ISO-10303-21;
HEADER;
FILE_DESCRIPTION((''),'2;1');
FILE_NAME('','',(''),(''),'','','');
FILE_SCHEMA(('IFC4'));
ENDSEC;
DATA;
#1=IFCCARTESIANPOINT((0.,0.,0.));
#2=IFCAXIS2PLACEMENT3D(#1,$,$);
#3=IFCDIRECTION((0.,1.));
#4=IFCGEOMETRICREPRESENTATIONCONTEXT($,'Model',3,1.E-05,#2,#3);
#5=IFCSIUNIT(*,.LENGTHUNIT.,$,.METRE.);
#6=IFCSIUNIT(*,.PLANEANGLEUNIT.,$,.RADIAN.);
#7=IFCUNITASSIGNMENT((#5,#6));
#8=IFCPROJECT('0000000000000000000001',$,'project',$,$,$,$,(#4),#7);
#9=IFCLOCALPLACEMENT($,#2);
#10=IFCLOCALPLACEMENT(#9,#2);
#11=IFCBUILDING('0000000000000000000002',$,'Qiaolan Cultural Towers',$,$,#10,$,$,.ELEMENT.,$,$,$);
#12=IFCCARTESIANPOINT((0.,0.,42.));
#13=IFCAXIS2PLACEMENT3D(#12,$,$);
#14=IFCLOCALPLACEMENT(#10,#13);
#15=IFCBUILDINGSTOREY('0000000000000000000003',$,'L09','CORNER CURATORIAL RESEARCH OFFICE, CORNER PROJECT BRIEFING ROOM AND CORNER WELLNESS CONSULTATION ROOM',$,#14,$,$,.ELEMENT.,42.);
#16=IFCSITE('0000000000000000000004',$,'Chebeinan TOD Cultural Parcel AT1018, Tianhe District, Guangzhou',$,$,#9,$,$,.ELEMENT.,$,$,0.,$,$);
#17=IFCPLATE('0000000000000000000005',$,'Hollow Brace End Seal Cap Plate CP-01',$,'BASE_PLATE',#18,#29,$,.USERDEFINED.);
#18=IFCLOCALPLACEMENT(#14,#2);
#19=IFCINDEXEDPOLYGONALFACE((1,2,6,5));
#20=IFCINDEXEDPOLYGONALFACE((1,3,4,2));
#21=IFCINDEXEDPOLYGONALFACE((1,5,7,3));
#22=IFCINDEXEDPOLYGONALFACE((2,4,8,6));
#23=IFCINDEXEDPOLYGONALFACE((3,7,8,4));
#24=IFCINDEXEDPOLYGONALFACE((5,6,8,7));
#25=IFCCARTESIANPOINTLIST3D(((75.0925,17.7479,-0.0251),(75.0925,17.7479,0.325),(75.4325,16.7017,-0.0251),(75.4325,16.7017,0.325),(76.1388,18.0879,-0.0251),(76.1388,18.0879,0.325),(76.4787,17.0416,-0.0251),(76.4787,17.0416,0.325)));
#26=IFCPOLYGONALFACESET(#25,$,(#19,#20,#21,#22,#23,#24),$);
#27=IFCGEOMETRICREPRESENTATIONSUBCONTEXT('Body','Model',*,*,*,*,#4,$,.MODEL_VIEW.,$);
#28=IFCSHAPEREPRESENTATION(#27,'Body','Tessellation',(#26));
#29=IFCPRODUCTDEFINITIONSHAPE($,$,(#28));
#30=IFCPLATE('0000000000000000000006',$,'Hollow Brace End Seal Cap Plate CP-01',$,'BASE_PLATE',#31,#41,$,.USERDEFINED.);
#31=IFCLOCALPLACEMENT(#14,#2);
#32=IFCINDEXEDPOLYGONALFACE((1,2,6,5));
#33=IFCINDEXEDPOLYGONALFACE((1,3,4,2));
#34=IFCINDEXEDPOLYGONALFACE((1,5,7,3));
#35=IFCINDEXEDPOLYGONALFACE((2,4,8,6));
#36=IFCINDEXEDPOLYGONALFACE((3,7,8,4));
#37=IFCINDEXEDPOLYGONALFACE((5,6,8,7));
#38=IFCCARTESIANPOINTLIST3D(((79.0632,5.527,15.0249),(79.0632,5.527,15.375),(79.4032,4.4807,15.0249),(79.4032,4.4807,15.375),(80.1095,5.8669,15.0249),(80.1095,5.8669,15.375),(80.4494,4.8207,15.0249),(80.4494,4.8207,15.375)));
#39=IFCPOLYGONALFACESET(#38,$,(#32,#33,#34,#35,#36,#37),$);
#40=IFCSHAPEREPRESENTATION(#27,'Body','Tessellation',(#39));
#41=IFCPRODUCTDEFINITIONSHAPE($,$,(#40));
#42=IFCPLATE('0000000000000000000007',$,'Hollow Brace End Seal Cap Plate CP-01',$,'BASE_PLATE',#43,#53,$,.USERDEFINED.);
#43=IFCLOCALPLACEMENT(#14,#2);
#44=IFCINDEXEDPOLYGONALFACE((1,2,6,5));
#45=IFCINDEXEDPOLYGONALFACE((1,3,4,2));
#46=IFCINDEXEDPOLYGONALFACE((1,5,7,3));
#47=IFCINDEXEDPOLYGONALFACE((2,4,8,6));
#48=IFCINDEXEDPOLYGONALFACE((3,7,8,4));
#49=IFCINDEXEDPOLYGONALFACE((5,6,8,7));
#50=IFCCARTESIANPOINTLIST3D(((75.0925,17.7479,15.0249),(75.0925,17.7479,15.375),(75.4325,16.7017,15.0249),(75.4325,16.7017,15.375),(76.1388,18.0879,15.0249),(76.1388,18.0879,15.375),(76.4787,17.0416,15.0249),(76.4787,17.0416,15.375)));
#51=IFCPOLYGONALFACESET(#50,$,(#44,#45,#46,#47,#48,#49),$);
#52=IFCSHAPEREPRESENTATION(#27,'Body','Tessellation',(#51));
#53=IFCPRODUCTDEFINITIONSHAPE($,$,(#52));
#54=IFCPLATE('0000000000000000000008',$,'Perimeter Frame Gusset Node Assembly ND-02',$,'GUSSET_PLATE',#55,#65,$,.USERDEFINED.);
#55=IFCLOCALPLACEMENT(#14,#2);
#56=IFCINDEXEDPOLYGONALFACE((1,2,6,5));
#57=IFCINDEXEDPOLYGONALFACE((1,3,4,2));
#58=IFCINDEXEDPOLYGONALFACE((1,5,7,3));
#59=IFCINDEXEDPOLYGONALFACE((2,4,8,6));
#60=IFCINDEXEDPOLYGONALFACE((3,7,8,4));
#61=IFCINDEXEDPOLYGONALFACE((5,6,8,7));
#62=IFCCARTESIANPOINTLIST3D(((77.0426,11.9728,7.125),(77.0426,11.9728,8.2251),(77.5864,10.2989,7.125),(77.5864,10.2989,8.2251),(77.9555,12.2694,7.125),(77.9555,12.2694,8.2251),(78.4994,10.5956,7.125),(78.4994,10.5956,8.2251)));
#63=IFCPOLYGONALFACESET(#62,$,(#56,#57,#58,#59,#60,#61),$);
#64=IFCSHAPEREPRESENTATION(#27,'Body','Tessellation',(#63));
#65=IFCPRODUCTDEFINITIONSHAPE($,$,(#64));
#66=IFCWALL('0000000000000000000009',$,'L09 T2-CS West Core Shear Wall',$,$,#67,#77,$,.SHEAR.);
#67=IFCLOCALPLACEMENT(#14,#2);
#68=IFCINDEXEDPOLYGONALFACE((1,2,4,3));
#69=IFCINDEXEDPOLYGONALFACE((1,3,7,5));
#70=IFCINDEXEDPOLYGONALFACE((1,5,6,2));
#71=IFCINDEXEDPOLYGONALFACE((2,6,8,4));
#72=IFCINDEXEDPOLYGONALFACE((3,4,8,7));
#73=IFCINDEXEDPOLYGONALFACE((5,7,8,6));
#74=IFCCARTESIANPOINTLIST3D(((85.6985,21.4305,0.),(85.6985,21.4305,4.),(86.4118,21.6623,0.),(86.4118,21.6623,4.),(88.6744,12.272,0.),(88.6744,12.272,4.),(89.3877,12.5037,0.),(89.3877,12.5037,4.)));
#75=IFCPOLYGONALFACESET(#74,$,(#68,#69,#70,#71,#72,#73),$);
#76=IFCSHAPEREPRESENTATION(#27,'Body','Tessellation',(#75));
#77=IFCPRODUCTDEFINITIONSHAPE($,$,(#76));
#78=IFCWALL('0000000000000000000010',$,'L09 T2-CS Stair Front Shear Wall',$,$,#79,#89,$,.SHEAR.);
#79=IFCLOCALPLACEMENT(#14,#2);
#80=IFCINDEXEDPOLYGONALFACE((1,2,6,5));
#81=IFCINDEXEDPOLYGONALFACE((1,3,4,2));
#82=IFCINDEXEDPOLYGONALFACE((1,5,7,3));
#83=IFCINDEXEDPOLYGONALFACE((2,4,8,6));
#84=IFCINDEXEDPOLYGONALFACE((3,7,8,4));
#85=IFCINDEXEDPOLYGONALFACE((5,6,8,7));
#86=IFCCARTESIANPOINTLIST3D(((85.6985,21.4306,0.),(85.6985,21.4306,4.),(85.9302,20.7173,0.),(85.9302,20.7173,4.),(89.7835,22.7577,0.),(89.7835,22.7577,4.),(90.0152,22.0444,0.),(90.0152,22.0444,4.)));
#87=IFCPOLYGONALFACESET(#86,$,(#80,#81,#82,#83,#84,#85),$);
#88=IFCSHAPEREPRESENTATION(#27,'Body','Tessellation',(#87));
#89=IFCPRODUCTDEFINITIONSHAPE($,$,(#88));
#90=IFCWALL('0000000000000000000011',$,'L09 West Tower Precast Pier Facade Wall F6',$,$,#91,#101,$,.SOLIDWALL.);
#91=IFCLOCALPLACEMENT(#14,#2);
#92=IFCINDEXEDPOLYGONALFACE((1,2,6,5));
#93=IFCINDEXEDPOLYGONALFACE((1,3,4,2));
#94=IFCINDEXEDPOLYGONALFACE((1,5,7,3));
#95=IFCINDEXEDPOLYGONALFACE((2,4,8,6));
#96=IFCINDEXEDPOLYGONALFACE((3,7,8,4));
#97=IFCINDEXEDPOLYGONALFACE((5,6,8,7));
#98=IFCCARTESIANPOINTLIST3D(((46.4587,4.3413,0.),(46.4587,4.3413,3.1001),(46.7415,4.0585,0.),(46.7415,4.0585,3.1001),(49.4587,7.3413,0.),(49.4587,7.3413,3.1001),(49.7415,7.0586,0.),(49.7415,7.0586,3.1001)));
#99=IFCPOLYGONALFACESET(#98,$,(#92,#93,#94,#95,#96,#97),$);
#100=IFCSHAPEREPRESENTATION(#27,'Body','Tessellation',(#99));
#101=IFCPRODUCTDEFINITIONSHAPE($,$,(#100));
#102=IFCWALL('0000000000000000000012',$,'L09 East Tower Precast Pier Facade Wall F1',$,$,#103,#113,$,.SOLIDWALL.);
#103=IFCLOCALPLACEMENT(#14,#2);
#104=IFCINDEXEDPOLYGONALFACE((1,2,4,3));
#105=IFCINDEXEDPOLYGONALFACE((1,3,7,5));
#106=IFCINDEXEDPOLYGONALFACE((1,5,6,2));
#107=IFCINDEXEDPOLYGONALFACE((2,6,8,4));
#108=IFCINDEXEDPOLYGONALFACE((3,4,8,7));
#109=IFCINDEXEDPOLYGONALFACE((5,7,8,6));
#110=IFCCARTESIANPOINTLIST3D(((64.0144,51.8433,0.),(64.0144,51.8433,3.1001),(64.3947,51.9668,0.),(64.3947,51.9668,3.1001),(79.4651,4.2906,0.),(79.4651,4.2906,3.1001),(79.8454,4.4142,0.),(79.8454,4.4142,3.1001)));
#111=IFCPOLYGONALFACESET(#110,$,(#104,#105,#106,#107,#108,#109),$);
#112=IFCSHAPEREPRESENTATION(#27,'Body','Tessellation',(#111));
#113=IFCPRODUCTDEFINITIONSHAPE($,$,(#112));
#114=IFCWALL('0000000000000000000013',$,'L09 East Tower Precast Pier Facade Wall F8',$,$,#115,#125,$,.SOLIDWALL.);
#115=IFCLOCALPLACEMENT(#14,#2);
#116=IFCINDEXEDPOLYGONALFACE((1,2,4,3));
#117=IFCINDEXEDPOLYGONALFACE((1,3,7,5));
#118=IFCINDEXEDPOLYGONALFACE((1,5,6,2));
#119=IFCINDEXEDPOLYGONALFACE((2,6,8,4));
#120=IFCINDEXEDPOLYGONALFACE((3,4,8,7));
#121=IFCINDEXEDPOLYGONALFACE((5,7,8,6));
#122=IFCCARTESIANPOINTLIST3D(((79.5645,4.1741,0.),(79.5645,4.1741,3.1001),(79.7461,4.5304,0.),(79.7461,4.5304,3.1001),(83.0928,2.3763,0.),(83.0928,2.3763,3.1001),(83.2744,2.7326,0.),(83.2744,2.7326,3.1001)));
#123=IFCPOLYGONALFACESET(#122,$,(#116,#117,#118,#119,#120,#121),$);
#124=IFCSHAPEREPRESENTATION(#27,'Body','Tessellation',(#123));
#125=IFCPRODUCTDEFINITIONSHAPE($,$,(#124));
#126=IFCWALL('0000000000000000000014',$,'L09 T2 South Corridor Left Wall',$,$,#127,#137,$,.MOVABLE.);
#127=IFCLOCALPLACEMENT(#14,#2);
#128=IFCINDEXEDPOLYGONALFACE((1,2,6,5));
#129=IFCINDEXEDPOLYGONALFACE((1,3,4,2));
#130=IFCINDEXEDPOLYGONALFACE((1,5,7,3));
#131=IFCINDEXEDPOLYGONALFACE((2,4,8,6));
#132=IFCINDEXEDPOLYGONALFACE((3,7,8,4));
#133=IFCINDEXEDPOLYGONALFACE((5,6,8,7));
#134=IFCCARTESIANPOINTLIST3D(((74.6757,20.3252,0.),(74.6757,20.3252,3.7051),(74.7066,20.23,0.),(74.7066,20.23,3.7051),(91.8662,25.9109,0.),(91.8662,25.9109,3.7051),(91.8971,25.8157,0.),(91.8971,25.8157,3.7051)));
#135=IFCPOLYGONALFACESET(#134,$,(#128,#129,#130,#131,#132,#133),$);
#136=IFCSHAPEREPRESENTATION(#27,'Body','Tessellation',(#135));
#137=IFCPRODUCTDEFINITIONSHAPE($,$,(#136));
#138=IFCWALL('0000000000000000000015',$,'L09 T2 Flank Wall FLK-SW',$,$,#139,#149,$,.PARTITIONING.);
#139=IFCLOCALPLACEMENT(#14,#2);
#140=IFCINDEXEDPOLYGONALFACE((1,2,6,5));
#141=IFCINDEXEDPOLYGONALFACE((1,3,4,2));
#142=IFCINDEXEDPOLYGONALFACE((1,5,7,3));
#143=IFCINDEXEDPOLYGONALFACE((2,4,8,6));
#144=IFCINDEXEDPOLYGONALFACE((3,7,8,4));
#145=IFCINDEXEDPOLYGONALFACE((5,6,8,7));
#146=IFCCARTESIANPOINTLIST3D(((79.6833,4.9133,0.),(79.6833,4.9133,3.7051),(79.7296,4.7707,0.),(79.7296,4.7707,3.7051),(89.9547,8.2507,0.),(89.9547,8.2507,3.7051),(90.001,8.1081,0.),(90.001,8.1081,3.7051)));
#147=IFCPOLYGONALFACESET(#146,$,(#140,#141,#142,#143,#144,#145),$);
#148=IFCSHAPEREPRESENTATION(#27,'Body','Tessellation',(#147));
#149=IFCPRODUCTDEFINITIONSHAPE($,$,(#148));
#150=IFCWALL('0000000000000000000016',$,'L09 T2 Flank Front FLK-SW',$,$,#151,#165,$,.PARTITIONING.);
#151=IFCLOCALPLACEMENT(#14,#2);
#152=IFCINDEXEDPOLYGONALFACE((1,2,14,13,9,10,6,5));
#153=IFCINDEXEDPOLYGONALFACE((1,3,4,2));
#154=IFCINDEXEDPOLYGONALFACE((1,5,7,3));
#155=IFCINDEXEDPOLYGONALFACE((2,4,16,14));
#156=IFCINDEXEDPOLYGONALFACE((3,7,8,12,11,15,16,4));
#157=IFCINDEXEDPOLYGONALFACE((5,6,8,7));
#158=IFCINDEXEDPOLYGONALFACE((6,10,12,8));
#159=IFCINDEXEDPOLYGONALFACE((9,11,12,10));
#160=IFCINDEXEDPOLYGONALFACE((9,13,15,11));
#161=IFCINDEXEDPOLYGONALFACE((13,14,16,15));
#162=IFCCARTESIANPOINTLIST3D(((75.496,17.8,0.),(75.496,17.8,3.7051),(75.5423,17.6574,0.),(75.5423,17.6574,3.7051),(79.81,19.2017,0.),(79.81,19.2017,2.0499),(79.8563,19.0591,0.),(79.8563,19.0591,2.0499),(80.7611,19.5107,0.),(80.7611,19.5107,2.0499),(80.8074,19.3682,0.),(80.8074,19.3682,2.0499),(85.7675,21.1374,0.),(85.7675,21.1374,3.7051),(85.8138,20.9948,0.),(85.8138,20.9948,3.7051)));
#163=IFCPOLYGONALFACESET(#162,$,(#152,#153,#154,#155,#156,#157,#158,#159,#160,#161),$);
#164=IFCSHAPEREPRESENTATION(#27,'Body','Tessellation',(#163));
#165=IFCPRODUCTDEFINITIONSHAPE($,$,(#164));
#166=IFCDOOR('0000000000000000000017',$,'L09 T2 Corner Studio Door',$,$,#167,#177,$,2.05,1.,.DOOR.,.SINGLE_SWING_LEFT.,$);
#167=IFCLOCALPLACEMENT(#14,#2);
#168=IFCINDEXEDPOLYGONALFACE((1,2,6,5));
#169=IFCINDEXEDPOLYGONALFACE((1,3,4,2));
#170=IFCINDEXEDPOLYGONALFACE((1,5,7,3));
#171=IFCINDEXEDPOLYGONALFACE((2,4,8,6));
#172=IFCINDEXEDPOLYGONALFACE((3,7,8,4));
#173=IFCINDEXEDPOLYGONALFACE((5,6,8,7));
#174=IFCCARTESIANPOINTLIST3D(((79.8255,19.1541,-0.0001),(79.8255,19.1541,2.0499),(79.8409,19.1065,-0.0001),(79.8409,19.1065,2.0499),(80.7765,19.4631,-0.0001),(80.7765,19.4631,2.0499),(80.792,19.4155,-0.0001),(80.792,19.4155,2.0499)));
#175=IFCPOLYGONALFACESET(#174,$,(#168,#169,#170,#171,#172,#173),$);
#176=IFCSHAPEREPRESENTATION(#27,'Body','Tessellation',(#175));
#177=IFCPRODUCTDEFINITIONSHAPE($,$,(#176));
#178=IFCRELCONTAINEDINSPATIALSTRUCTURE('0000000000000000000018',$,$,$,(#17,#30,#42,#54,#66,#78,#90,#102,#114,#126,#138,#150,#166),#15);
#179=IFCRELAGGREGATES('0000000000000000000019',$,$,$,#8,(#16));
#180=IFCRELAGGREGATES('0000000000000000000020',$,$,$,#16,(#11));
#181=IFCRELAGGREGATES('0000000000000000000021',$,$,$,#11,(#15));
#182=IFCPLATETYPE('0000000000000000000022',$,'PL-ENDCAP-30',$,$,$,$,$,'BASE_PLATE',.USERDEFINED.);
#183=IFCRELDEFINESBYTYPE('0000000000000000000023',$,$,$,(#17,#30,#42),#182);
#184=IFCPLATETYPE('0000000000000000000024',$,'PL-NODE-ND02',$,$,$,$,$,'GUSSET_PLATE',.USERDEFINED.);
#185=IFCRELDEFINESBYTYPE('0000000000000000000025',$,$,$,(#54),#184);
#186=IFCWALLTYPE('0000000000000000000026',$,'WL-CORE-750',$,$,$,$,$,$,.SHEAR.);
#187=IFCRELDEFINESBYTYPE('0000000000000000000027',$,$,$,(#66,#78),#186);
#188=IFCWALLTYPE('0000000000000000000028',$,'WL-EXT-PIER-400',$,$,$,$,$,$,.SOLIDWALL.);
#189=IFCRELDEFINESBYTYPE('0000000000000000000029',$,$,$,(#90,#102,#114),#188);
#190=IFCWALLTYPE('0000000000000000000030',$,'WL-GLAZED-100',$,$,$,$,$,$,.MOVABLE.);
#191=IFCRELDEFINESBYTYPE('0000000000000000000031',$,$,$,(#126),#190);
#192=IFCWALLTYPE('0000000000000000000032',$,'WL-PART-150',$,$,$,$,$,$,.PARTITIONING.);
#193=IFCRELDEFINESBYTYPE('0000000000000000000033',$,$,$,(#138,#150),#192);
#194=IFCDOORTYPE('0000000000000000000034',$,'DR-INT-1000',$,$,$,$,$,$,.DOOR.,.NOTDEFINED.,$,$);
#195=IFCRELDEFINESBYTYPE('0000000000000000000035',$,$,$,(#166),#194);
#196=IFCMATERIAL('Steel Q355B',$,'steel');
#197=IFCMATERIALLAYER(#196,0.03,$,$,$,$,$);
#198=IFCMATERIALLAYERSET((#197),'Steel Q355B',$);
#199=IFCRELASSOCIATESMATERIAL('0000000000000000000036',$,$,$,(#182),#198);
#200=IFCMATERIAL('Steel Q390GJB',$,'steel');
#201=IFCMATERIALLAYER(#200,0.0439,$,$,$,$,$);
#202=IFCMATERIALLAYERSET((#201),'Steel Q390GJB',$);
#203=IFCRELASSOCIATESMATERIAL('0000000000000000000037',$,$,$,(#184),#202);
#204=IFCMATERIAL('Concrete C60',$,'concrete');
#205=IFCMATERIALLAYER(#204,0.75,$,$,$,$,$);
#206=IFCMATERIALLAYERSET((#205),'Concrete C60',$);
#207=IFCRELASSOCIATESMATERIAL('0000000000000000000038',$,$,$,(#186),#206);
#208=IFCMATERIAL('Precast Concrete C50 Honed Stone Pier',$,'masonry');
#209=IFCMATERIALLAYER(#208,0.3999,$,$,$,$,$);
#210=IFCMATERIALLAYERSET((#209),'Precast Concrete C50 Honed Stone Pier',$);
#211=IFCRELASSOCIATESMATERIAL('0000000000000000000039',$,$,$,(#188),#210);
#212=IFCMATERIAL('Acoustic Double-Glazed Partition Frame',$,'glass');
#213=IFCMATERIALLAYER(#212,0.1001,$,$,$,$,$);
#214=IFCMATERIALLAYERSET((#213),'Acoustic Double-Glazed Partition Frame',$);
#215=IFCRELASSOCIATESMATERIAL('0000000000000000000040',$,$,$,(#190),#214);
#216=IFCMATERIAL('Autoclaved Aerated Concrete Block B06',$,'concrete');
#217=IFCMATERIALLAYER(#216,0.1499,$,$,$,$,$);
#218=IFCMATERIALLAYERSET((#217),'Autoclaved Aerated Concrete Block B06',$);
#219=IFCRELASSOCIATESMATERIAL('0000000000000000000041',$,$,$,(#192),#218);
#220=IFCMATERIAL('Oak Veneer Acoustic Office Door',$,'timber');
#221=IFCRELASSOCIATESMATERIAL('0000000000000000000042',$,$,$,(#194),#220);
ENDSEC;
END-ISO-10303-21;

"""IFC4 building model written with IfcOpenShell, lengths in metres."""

from ifc_helpers import new_model, si_unit, direction, frame, frame_2d, origin, origin_2d, place, context, subcontext, project, spatial, rectangle, extrude, material, layer, layer_set, type_object, element, fill, save


model = new_model("IFC4")

# Units and contexts
model_context = context("Model", 3, precision=1e-05, world=origin(), true_north=direction((0.0, 1.0)))
body_context = subcontext(model_context, "Body", "Model", "MODEL_VIEW")
ifc_project = project(units=[si_unit("LENGTHUNIT", "METRE"), si_unit("PLANEANGLEUNIT", "RADIAN")], contexts=[model_context])

# Site, building, storey
site_placement = place(None, origin())
site = spatial("IfcSite", under=ifc_project, at=site_placement, Name="Chebeinan TOD Cultural Parcel AT1018, Tianhe District, Guangzhou", CompositionType="ELEMENT", RefElevation=0.0)
building_placement = place(site_placement, origin())
building = spatial("IfcBuilding", under=site, at=building_placement, Name="Qiaolan Cultural Towers", CompositionType="ELEMENT")
storey_placement = place(building_placement, frame((0.0, 0.0, 42.0)))
storey = spatial("IfcBuildingStorey", under=building, at=storey_placement, Name="L09", Description="CORNER CURATORIAL RESEARCH OFFICE, CORNER PROJECT BRIEFING ROOM AND CORNER WELLNESS CONSULTATION ROOM", CompositionType="ELEMENT", Elevation=42.0)

# Plates
ifc_material_1 = material(Name="Steel Q355B", Category="steel")
ifc_layer_1 = layer(ifc_material_1, 0.03)
ifc_layer_set_1 = layer_set([ifc_layer_1], Name="Steel Q355B")
plate_type_1 = type_object("IfcPlateType", Name="PL-ENDCAP-30", ElementType="BASE_PLATE", PredefinedType="USERDEFINED", material=ifc_layer_set_1)
for number, where, z_axis, x_axis, name in (
    (1, (75.7856, 17.3948, -0.0251), (0.0, 0.0, 1.0), (-0.309017, 0.951057, 0.0), "Hollow Brace End Seal Cap Plate CP-01"),
    (2, (79.7563, 5.1738, 15.0249), (0.0, 0.0, 1.0), (-0.309017, 0.951057, 0.0), "Hollow Brace End Seal Cap Plate CP-01"),
    (3, (75.7856, 17.3948, 15.0249), (0.0, 0.0, 1.0), (-0.309017, 0.951057, 0.0), "Hollow Brace End Seal Cap Plate CP-01"),
):
    element("IfcPlate", number, at=place(storey_placement, frame(where, z_axis=z_axis, x_axis=x_axis)), inside=storey, type_object=plate_type_1, Name=name, ObjectType="BASE_PLATE", PredefinedType="USERDEFINED", context=body_context, shape_type="SweptSolid", body=[
        extrude(rectangle(XDim=1.1001, YDim=1.1001, at=origin_2d()), origin(), (0.0, 0.0, 1.0), 0.3501),
    ])
ifc_material_2 = material(Name="Steel Q390GJB", Category="steel")
ifc_layer_2 = layer(ifc_material_2, 0.0439)
ifc_layer_set_2 = layer_set([ifc_layer_2], Name="Steel Q390GJB")
plate_type_2 = type_object("IfcPlateType", Name="PL-NODE-ND02", ElementType="GUSSET_PLATE", PredefinedType="USERDEFINED", material=ifc_layer_set_2)
plate_placement = place(storey_placement, frame((77.771, 11.2842, 7.125), z_axis=(0.0, 0.0, 1.0), x_axis=(-0.309017, 0.951057, 0.0)))
element("IfcPlate", 4, at=plate_placement, inside=storey, type_object=plate_type_2, Name="Perimeter Frame Gusset Node Assembly ND-02", ObjectType="GUSSET_PLATE", PredefinedType="USERDEFINED", context=body_context, shape_type="SweptSolid", body=[
    extrude(rectangle(XDim=1.76, YDim=0.96, at=origin_2d()), origin(), (0.0, 0.0, 1.0), 1.1001),
])

# Walls
ifc_material_3 = material(Name="Concrete C60", Category="concrete")
ifc_layer_3 = layer(ifc_material_3, 0.75)
ifc_layer_set_3 = layer_set([ifc_layer_3], Name="Concrete C60")
wall_type_1 = type_object("IfcWallType", Name="WL-CORE-750", PredefinedType="SHEAR", material=ifc_layer_set_3)
wall_1_placement = place(storey_placement, frame((86.0552, 21.5464, 0.0), z_axis=(0.0, 0.0, 1.0), x_axis=(0.309024, -0.951054, 0.0)))
element("IfcWall", 5, at=wall_1_placement, inside=storey, type_object=wall_type_1, Name="L09 T2-CS West Core Shear Wall", PredefinedType="SHEAR", context=body_context, shape_type="SweptSolid", body=[
    extrude(rectangle(XDim=9.6299, YDim=0.75, at=frame_2d((4.8149, 0.0))), origin(), (0.0, 0.0, 1.0), 4.0),
])
wall_2_placement = place(storey_placement, frame((85.8145, 21.074, 0.0), z_axis=(0.0, 0.0, 1.0), x_axis=(0.951066, 0.308988, 0.0)))
element("IfcWall", 6, at=wall_2_placement, inside=storey, type_object=wall_type_1, Name="L09 T2-CS Stair Front Shear Wall", PredefinedType="SHEAR", context=body_context, shape_type="SweptSolid", body=[
    extrude(rectangle(XDim=4.2952, YDim=0.75, at=frame_2d((2.1475, 0.0))), origin(), (0.0, 0.0, 1.0), 4.0),
])
ifc_material_4 = material(Name="Precast Concrete C50 Honed Stone Pier", Category="masonry")
ifc_layer_4 = layer(ifc_material_4, 0.3999)
ifc_layer_set_4 = layer_set([ifc_layer_4], Name="Precast Concrete C50 Honed Stone Pier")
wall_type_2 = type_object("IfcWallType", Name="WL-EXT-PIER-400", PredefinedType="SOLIDWALL", material=ifc_layer_set_4)
wall_3_placement = place(storey_placement, frame((49.6001, 7.2, 0.0), z_axis=(0.0, 0.0, 1.0), x_axis=(-0.707107, -0.707107, 0.0)))
element("IfcWall", 7, at=wall_3_placement, inside=storey, type_object=wall_type_2, Name="L09 West Tower Precast Pier Facade Wall F6", PredefinedType="SOLIDWALL", context=body_context, shape_type="SweptSolid", body=[
    extrude(rectangle(XDim=4.2427, YDim=0.3999, at=frame_2d((2.1213, 0.0))), origin(), (0.0, 0.0, 1.0), 3.1001),
])
wall_4_placement = place(storey_placement, frame((79.6553, 4.3523, 0.0), z_axis=(0.0, 0.0, 1.0), x_axis=(-0.309015, 0.951057, 0.0)))
element("IfcWall", 8, at=wall_4_placement, inside=storey, type_object=wall_type_2, Name="L09 East Tower Precast Pier Facade Wall F1", PredefinedType="SOLIDWALL", context=body_context, shape_type="SweptSolid", body=[
    extrude(rectangle(XDim=49.9998, YDim=0.3999, at=frame_2d((25.0, 0.0))), origin(), (0.0, 0.0, 1.0), 3.1001),
])
wall_5_placement = place(storey_placement, frame((83.1836, 2.5544, 0.0), z_axis=(0.0, 0.0, 1.0), x_axis=(-0.890998, 0.454007, 0.0)))
element("IfcWall", 9, at=wall_5_placement, inside=storey, type_object=wall_type_2, Name="L09 East Tower Precast Pier Facade Wall F8", PredefinedType="SOLIDWALL", context=body_context, shape_type="SweptSolid", body=[
    extrude(rectangle(XDim=3.96, YDim=0.3999, at=frame_2d((1.98, 0.0))), origin(), (0.0, 0.0, 1.0), 3.1001),
])
ifc_material_5 = material(Name="Acoustic Double-Glazed Partition Frame", Category="glass")
ifc_layer_5 = layer(ifc_material_5, 0.1001)
ifc_layer_set_5 = layer_set([ifc_layer_5], Name="Acoustic Double-Glazed Partition Frame")
wall_type_3 = type_object("IfcWallType", Name="WL-GLAZED-100", PredefinedType="MOVABLE", material=ifc_layer_set_5)
wall_6_placement = place(storey_placement, frame((74.6912, 20.2776, 0.0), z_axis=(0.0, 0.0, 1.0), x_axis=(0.951054, 0.309026, 0.0)))
element("IfcWall", 10, at=wall_6_placement, inside=storey, type_object=wall_type_3, Name="L09 T2 South Corridor Left Wall", PredefinedType="MOVABLE", context=body_context, shape_type="SweptSolid", body=[
    extrude(rectangle(XDim=18.0752, YDim=0.1001, at=frame_2d((9.0376, 0.0))), origin(), (0.0, 0.0, 1.0), 3.7051),
])
ifc_material_6 = material(Name="Autoclaved Aerated Concrete Block B06", Category="concrete")
ifc_layer_6 = layer(ifc_material_6, 0.1499)
ifc_layer_set_6 = layer_set([ifc_layer_6], Name="Autoclaved Aerated Concrete Block B06")
wall_type_4 = type_object("IfcWallType", Name="WL-PART-150", PredefinedType="PARTITIONING", material=ifc_layer_set_6)
wall_7_placement = place(storey_placement, frame((79.7065, 4.842, 0.0), z_axis=(0.0, 0.0, 1.0), x_axis=(0.951057, 0.309017, 0.0)))
element("IfcWall", 11, at=wall_7_placement, inside=storey, type_object=wall_type_4, Name="L09 T2 Flank Wall FLK-SW", PredefinedType="PARTITIONING", context=body_context, shape_type="SweptSolid", body=[
    extrude(rectangle(XDim=10.8, YDim=0.1499, at=frame_2d((5.3999, 0.0))), origin(), (0.0, 0.0, 1.0), 3.7051),
])

# Wall, opening, door
wall_8_placement = place(storey_placement, frame((75.5193, 17.7288, 0.0), z_axis=(0.0, 0.0, 1.0), x_axis=(0.951057, 0.309017, 0.0)))
wall_8 = element("IfcWall", 12, at=wall_8_placement, inside=storey, type_object=wall_type_4, Name="L09 T2 Flank Front FLK-SW", PredefinedType="PARTITIONING", context=body_context, shape_type="SweptSolid", body=[
    extrude(rectangle(XDim=10.8, YDim=0.1499, at=frame_2d((5.3999, 0.0))), origin(), (0.0, 0.0, 1.0), 3.7051),
])
opening_placement = place(wall_8_placement, frame((4.5359, 0.0, 0.0)))
opening = element("IfcOpeningElement", 13, at=opening_placement, cuts=wall_8, PredefinedType="OPENING", context=body_context, shape_type="SweptSolid", body=[
    extrude(rectangle(XDim=1.0, YDim=2.05, at=frame_2d((0.5, 1.0249))), frame((0.0, 0.085, 0.0), z_axis=(0.0, -1.0, 0.0), x_axis=(1.0, 0.0, 0.0)), (0.0, 0.0, 1.0), 0.1699),
])
ifc_material_7 = material(Name="Oak Veneer Acoustic Office Door", Category="timber")
door_type = type_object("IfcDoorType", Name="DR-INT-1000", OperationType="NOTDEFINED", PredefinedType="DOOR", material=ifc_material_7)
door_placement = place(opening_placement, origin())
door = element("IfcDoor", 14, at=door_placement, inside=storey, type_object=door_type, Name="L09 T2 Corner Studio Door", OperationType="SINGLE_SWING_LEFT", OverallHeight=2.05, OverallWidth=1.0, PredefinedType="DOOR", context=body_context, shape_type="SweptSolid", body=[
    extrude(rectangle(XDim=1.0, YDim=2.05, at=frame_2d((0.5, 1.0249))), frame((0.0, 0.0249, 0.0), z_axis=(0.0, -1.0, 0.0), x_axis=(1.0, 0.0, 0.0)), (0.0, 0.0, 1.0), 0.05),
])
fill(opening, door)

save(model, "model.ifc")
